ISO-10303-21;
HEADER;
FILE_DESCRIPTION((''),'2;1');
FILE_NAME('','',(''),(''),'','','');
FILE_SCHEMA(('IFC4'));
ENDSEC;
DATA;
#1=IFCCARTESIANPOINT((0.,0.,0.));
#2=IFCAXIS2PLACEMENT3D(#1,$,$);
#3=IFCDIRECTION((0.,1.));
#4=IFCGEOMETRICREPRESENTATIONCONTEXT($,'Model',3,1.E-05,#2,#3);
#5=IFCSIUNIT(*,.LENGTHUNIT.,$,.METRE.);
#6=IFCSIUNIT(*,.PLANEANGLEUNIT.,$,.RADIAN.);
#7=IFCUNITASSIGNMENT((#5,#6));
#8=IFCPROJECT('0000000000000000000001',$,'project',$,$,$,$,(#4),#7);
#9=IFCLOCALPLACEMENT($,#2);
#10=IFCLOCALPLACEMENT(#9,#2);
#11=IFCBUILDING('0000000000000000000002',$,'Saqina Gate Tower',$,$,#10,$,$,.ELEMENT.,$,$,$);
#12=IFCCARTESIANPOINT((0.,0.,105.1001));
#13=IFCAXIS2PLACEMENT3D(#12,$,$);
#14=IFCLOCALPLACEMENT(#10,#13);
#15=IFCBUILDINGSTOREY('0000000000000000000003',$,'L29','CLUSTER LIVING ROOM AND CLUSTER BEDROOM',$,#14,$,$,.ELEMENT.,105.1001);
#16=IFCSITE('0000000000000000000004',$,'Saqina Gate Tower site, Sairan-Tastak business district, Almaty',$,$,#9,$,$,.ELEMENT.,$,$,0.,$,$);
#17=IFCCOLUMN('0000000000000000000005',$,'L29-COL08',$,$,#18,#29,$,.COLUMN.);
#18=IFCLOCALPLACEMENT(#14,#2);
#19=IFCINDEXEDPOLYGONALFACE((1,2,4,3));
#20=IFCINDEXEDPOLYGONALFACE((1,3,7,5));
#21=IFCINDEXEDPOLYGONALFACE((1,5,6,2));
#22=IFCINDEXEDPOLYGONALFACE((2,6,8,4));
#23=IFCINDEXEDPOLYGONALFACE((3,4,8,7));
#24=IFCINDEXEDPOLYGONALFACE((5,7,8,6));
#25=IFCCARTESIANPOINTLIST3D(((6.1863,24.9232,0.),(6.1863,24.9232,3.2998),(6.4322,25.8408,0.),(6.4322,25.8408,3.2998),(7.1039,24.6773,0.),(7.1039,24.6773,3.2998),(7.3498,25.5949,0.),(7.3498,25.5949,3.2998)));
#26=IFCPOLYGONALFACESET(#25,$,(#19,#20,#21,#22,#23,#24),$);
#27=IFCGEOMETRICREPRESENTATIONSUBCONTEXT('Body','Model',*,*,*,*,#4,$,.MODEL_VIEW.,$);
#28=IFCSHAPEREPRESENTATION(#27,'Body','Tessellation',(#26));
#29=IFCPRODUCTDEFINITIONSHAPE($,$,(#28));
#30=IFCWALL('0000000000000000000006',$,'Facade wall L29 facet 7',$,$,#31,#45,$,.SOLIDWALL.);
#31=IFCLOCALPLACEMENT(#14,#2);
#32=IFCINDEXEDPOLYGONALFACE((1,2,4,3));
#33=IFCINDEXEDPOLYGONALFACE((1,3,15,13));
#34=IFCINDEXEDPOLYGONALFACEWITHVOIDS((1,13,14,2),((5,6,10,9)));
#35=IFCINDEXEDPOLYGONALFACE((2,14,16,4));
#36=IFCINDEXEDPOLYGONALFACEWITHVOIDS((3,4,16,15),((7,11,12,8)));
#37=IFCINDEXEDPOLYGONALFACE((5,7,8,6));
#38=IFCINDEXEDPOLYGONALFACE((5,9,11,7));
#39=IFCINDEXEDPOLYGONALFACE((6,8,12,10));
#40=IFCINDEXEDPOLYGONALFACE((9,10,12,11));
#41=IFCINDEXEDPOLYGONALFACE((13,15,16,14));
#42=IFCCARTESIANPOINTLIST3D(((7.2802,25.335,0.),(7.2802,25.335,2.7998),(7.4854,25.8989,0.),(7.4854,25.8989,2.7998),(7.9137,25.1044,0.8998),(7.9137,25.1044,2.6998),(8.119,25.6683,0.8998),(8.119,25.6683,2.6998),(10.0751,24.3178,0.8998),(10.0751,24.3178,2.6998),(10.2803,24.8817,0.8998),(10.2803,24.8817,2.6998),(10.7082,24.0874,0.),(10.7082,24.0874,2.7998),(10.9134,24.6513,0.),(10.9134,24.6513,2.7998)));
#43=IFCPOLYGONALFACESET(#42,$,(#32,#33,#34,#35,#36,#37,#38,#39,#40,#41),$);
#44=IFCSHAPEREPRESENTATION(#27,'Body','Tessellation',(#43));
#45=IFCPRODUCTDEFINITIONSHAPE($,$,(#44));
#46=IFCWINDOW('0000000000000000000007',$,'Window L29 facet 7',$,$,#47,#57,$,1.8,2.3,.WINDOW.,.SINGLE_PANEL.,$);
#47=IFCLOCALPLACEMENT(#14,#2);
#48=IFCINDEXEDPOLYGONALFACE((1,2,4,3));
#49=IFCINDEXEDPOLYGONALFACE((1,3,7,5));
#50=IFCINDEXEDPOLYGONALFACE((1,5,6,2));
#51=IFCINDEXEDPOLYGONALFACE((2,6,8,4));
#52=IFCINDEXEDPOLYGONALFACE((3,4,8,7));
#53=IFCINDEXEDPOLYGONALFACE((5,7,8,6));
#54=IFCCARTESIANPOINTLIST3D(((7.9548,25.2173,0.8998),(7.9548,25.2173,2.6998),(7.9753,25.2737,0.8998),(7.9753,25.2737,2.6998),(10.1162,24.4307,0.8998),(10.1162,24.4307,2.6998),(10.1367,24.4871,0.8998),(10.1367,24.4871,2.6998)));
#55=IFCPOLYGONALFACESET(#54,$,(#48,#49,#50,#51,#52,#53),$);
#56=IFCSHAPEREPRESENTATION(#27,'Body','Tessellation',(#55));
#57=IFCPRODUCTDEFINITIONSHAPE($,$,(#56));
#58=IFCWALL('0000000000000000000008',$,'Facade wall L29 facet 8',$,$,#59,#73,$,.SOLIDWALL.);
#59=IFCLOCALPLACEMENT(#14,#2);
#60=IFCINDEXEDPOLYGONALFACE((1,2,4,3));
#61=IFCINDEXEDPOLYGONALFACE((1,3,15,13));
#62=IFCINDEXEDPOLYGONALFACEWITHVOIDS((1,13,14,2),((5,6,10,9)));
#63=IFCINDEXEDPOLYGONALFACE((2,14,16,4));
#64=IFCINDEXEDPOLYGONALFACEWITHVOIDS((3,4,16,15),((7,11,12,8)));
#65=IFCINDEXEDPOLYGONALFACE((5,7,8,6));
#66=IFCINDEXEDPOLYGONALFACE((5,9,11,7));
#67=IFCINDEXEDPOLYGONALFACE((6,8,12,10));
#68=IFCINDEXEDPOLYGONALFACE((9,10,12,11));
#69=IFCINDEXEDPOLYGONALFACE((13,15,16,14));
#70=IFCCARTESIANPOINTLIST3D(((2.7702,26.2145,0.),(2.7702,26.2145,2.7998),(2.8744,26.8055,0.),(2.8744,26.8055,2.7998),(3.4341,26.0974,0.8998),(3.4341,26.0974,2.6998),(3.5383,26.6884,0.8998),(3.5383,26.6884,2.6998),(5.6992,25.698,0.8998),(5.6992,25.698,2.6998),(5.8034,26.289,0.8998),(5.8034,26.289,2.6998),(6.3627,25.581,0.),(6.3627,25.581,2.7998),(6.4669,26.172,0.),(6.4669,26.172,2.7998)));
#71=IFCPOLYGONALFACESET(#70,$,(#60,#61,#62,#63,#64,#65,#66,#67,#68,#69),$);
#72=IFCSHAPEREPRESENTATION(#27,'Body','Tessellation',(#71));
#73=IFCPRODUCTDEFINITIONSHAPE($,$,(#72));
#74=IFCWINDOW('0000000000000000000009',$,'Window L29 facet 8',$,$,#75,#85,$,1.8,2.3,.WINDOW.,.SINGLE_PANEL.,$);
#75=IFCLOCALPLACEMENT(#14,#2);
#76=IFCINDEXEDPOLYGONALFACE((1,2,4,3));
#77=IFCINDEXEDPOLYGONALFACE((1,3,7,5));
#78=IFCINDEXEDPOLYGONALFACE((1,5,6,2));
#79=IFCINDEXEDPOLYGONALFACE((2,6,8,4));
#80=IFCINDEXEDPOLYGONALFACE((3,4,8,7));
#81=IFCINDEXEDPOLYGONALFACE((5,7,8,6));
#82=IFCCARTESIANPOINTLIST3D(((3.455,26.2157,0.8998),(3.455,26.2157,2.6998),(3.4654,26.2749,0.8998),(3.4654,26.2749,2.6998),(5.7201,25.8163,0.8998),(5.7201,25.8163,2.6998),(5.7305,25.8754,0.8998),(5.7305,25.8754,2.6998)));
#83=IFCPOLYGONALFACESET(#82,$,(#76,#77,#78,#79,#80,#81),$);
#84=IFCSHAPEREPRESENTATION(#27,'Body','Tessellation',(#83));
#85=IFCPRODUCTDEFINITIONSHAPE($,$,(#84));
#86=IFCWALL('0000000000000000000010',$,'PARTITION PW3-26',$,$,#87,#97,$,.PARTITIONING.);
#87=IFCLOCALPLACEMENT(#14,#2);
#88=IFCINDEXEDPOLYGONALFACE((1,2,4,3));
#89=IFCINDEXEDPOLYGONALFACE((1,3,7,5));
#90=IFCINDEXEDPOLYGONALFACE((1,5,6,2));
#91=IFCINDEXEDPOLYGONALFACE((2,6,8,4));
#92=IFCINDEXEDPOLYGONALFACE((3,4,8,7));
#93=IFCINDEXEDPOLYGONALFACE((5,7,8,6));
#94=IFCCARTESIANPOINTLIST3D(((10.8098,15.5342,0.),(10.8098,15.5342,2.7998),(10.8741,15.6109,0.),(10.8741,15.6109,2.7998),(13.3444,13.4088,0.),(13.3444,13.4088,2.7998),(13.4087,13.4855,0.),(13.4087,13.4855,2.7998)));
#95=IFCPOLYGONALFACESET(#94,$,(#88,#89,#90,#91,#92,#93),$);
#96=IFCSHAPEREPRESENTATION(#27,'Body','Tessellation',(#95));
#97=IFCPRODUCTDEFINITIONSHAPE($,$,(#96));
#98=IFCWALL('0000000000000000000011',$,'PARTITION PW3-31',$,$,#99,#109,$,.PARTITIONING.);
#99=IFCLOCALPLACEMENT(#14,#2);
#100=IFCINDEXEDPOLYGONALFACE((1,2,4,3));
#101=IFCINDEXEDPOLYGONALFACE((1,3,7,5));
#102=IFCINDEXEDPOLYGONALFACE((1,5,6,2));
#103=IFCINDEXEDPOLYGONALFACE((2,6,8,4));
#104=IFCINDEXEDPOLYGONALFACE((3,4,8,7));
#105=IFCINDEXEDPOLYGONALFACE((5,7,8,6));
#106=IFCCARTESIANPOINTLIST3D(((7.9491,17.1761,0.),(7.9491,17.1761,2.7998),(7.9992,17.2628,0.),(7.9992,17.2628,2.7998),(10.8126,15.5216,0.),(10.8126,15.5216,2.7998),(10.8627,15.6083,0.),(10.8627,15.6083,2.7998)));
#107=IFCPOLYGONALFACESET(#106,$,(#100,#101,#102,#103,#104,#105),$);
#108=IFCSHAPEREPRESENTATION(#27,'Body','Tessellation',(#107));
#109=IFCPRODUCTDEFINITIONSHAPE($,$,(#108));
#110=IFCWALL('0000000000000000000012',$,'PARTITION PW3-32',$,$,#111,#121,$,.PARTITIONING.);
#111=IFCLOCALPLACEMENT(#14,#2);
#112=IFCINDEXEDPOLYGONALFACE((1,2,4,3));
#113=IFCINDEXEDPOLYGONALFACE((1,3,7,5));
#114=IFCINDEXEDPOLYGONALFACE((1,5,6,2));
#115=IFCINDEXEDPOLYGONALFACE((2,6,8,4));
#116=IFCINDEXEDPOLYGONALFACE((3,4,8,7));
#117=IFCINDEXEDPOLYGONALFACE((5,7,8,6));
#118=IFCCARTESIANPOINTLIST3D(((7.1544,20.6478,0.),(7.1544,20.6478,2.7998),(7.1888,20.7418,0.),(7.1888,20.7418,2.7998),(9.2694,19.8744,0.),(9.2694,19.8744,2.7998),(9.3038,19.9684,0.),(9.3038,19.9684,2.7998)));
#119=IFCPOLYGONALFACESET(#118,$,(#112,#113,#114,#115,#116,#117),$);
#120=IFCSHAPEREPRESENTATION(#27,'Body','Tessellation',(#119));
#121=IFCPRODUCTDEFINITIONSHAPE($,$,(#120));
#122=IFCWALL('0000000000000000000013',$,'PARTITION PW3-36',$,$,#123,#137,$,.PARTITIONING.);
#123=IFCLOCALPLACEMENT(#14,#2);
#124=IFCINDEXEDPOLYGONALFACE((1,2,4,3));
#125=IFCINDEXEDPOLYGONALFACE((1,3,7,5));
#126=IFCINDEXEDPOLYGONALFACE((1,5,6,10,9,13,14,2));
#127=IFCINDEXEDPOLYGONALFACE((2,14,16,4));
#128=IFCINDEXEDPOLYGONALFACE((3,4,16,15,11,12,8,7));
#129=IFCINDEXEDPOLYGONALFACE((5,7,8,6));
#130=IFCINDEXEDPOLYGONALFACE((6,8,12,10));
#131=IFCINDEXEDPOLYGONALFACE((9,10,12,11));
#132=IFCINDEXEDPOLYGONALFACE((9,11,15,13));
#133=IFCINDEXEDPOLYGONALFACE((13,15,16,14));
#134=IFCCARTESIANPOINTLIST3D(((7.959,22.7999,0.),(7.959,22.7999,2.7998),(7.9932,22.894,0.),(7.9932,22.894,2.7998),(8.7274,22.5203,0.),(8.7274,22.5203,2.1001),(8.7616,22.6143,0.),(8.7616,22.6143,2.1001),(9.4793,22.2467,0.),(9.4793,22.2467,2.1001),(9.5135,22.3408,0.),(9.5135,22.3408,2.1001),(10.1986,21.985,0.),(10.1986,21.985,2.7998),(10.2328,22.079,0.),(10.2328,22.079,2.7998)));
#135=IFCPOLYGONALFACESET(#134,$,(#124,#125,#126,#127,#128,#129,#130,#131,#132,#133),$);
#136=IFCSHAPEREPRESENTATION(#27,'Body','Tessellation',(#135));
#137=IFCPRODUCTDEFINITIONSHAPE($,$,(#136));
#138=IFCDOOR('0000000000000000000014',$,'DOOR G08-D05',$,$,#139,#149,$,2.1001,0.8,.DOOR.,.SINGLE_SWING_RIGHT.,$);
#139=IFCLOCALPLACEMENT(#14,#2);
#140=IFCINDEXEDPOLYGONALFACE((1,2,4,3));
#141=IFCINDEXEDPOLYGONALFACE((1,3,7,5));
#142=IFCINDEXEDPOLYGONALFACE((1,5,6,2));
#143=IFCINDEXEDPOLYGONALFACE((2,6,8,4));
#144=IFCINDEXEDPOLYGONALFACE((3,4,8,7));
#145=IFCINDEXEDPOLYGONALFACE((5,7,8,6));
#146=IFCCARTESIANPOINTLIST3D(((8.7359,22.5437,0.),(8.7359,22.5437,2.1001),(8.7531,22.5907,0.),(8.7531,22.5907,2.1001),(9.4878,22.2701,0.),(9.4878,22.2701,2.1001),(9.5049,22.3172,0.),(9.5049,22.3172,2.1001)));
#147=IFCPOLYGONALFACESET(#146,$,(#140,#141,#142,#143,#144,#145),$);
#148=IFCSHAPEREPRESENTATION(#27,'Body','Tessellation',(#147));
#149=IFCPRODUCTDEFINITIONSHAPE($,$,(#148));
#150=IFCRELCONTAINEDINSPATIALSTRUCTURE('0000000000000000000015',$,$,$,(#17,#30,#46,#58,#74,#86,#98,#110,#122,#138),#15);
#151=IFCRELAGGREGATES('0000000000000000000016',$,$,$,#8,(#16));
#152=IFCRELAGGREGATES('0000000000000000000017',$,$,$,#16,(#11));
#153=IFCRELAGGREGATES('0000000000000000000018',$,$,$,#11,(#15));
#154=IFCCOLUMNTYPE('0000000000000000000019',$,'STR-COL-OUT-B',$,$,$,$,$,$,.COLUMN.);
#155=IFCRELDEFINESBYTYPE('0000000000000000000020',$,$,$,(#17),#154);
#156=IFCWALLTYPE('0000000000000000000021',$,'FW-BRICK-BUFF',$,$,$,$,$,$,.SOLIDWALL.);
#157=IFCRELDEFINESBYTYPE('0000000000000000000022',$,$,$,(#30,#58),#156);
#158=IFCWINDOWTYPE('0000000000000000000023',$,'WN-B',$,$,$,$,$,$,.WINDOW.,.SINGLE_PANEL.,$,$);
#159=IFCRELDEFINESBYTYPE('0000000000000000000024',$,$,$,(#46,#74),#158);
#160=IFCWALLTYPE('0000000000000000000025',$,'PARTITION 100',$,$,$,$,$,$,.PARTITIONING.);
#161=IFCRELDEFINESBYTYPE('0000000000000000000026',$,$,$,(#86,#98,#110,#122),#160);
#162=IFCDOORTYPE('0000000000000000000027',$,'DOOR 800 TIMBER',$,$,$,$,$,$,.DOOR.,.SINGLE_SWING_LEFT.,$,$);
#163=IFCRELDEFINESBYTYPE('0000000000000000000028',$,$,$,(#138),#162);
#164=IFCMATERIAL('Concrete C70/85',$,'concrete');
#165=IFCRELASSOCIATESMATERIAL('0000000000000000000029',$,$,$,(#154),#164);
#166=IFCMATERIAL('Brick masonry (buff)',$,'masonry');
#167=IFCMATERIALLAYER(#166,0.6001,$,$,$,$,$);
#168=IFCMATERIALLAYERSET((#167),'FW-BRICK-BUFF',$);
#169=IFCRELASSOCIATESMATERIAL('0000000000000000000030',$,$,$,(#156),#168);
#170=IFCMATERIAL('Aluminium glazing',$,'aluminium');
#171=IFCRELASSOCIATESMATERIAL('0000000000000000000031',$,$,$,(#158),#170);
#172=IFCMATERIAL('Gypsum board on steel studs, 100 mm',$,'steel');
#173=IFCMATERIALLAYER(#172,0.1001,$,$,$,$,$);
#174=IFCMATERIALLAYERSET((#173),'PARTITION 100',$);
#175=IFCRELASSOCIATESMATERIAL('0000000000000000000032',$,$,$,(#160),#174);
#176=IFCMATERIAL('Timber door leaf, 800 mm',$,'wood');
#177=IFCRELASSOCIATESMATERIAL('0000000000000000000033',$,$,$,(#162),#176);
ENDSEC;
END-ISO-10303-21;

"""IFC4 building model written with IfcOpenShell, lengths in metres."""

from ifc_helpers import new_model, si_unit, direction, frame, frame_2d, origin, origin_2d, place, context, subcontext, project, spatial, rectangle, extrude, material, layer, layer_set, material_profile, profile_set, type_object, element, fill, save


model = new_model("IFC4")

# Units and contexts
model_context = context("Model", 3, precision=1e-05, world=origin(), true_north=direction((0.0, 1.0)))
body_context = subcontext(model_context, "Body", "Model", "MODEL_VIEW")
ifc_project = project(units=[si_unit("LENGTHUNIT", "METRE"), si_unit("PLANEANGLEUNIT", "RADIAN")], contexts=[model_context])

# Site, building, storey
site_placement = place(None, origin())
site = spatial("IfcSite", under=ifc_project, at=site_placement, Name="Saqina Gate Tower site, Sairan-Tastak business district, Almaty", CompositionType="ELEMENT", RefElevation=0.0)
building_placement = place(site_placement, origin())
building = spatial("IfcBuilding", under=site, at=building_placement, Name="Saqina Gate Tower", CompositionType="ELEMENT")
storey_placement = place(building_placement, frame((0.0, 0.0, 105.1001)))
storey = spatial("IfcBuildingStorey", under=building, at=storey_placement, Name="L29", Description="CLUSTER LIVING ROOM AND CLUSTER BEDROOM", CompositionType="ELEMENT", Elevation=105.1001)

# Column
ifc_material_1 = material(Name="Concrete C70/85", Category="concrete")
ifc_material_profile = material_profile(ifc_material_1, rectangle(XDim=0.95, YDim=0.95, at=origin_2d()), Name="RC 950x950")
ifc_profile_set = profile_set([ifc_material_profile], Name="Concrete C70/85")
column_type = type_object("IfcColumnType", Name="STR-COL-OUT-B", PredefinedType="COLUMN", material=ifc_profile_set)
column_placement = place(storey_placement, frame((6.7681, 25.259, 0.0), z_axis=(0.0, 0.0, 1.0), x_axis=(0.258819, 0.965926, 0.0)))
element("IfcColumn", 1, at=column_placement, inside=storey, type_object=column_type, Name="L29-COL08", PredefinedType="COLUMN", context=body_context, shape_type="SweptSolid", body=[
    extrude(rectangle(XDim=0.95, YDim=0.95, at=origin_2d()), origin(), (0.0, 0.0, 1.0), 3.2998),
])

# Walls, openings, windows
ifc_material_2 = material(Name="Brick masonry (buff)", Category="masonry")
ifc_layer_1 = layer(ifc_material_2, 0.6001)
ifc_layer_set_1 = layer_set([ifc_layer_1], Name="FW-BRICK-BUFF")
wall_type_1 = type_object("IfcWallType", Name="FW-BRICK-BUFF", PredefinedType="SOLIDWALL", material=ifc_layer_set_1)
wall_1_placement = place(storey_placement, frame((10.8108, 24.3694, 0.0), z_axis=(0.0, 0.0, 1.0), x_axis=(-0.939704, 0.34199, 0.0)))
wall_1 = element("IfcWall", 2, at=wall_1_placement, inside=storey, type_object=wall_type_1, Name="Facade wall L29 facet 7", PredefinedType="SOLIDWALL", context=body_context, shape_type="SweptSolid", body=[
    extrude(rectangle(XDim=3.6479, YDim=0.6001, at=frame_2d((1.824, 0.0))), origin(), (0.0, 0.0, 1.0), 2.7998),
])
opening_1_placement = place(wall_1_placement, frame((0.6738, 0.0, 0.8999)))
opening_1 = element("IfcOpeningElement", 3, at=opening_1_placement, cuts=wall_1, PredefinedType="OPENING", context=body_context, shape_type="SweptSolid", body=[
    extrude(rectangle(XDim=2.3, YDim=1.8, at=frame_2d((1.1499, 0.8999))), frame((0.0, 0.312, 0.0), z_axis=(0.0, -1.0, 0.0), x_axis=(1.0, 0.0, 0.0)), (0.0, 0.0, 1.0), 0.624),
])
ifc_material_3 = material(Name="Aluminium glazing", Category="aluminium")
window_type = type_object("IfcWindowType", Name="WN-B", PartitioningType="SINGLE_PANEL", PredefinedType="WINDOW", material=ifc_material_3)
window_1_placement = place(opening_1_placement, origin())
window_1 = element("IfcWindow", 4, at=window_1_placement, inside=storey, type_object=window_type, Name="Window L29 facet 7", OverallHeight=1.8, OverallWidth=2.3, PartitioningType="SINGLE_PANEL", PredefinedType="WINDOW", context=body_context, shape_type="SweptSolid", body=[
    extrude(rectangle(XDim=2.3, YDim=1.8, at=frame_2d((1.1499, 0.8999))), frame((0.0, 0.1799, 0.0), z_axis=(0.0, -1.0, 0.0), x_axis=(1.0, 0.0, 0.0)), (0.0, 0.0, 1.0), 0.0601),
])
fill(opening_1, window_1)
wall_2_placement = place(storey_placement, frame((6.4148, 25.8765, 0.0), z_axis=(0.0, 0.0, 1.0), x_axis=(-0.984804, 0.173671, 0.0)))
wall_2 = element("IfcWall", 5, at=wall_2_placement, inside=storey, type_object=wall_type_1, Name="Facade wall L29 facet 8", PredefinedType="SOLIDWALL", context=body_context, shape_type="SweptSolid", body=[
    extrude(rectangle(XDim=3.6479, YDim=0.6001, at=frame_2d((1.824, 0.0))), origin(), (0.0, 0.0, 1.0), 2.7998),
])
opening_2_placement = place(wall_2_placement, frame((0.6738, 0.0, 0.8999)))
opening_2 = element("IfcOpeningElement", 6, at=opening_2_placement, cuts=wall_2, PredefinedType="OPENING", context=body_context, shape_type="SweptSolid", body=[
    extrude(rectangle(XDim=2.3, YDim=1.8, at=frame_2d((1.1499, 0.8999))), frame((0.0, 0.312, 0.0), z_axis=(0.0, -1.0, 0.0), x_axis=(1.0, 0.0, 0.0)), (0.0, 0.0, 1.0), 0.624),
])
window_2_placement = place(opening_2_placement, origin())
window_2 = element("IfcWindow", 7, at=window_2_placement, inside=storey, type_object=window_type, Name="Window L29 facet 8", OverallHeight=1.8, OverallWidth=2.3, PartitioningType="SINGLE_PANEL", PredefinedType="WINDOW", context=body_context, shape_type="SweptSolid", body=[
    extrude(rectangle(XDim=2.3, YDim=1.8, at=frame_2d((1.1499, 0.8999))), frame((0.0, 0.1799, 0.0), z_axis=(0.0, -1.0, 0.0), x_axis=(1.0, 0.0, 0.0)), (0.0, 0.0, 1.0), 0.0601),
])
fill(opening_2, window_2)

# Walls
ifc_material_4 = material(Name="Gypsum board on steel studs, 100 mm", Category="steel")
ifc_layer_2 = layer(ifc_material_4, 0.1001)
ifc_layer_set_2 = layer_set([ifc_layer_2], Name="PARTITION 100")
wall_type_2 = type_object("IfcWallType", Name="PARTITION 100", PredefinedType="PARTITIONING", material=ifc_layer_set_2)
wall_3_placement = place(storey_placement, frame((10.842, 15.5725, 0.0), z_axis=(0.0, 0.0, 1.0), x_axis=(0.766245, -0.642548, 0.0)))
element("IfcWall", 8, at=wall_3_placement, inside=storey, type_object=wall_type_2, Name="PARTITION PW3-26", PredefinedType="PARTITIONING", context=body_context, shape_type="SweptSolid", body=[
    extrude(rectangle(XDim=3.3079, YDim=0.1001, at=frame_2d((1.6538, 0.0))), origin(), (0.0, 0.0, 1.0), 2.7998),
])
wall_4_placement = place(storey_placement, frame((7.9741, 17.2195, 0.0), z_axis=(0.0, 0.0, 1.0), x_axis=(0.865857, -0.500291, 0.0)))
element("IfcWall", 9, at=wall_4_placement, inside=storey, type_object=wall_type_2, Name="PARTITION PW3-31", PredefinedType="PARTITIONING", context=body_context, shape_type="SweptSolid", body=[
    extrude(rectangle(XDim=3.3071, YDim=0.1001, at=frame_2d((1.6536, 0.0))), origin(), (0.0, 0.0, 1.0), 2.7998),
])
wall_5_placement = place(storey_placement, frame((7.1716, 20.6948, 0.0), z_axis=(0.0, 0.0, 1.0), x_axis=(0.939171, -0.343449, 0.0)))
element("IfcWall", 10, at=wall_5_placement, inside=storey, type_object=wall_type_2, Name="PARTITION PW3-32", PredefinedType="PARTITIONING", context=body_context, shape_type="SweptSolid", body=[
    extrude(rectangle(XDim=2.252, YDim=0.1001, at=frame_2d((1.126, 0.0))), origin(), (0.0, 0.0, 1.0), 2.7998),
])

# Wall, opening, door
wall_6_placement = place(storey_placement, frame((7.9761, 22.8469, 0.0), z_axis=(0.0, 0.0, 1.0), x_axis=(0.939728, -0.341924, 0.0)))
wall_6 = element("IfcWall", 11, at=wall_6_placement, inside=storey, type_object=wall_type_2, Name="PARTITION PW3-36", PredefinedType="PARTITIONING", context=body_context, shape_type="SweptSolid", body=[
    extrude(rectangle(XDim=2.3833, YDim=0.1001, at=frame_2d((1.1917, 0.0))), origin(), (0.0, 0.0, 1.0), 2.7998),
])
opening_3_placement = place(wall_6_placement, frame((0.8179, 0.0, 0.0)))
opening_3 = element("IfcOpeningElement", 12, at=opening_3_placement, cuts=wall_6, PredefinedType="OPENING", context=body_context, shape_type="SweptSolid", body=[
    extrude(rectangle(XDim=0.8, YDim=2.1001, at=frame_2d((0.3999, 1.05))), frame((0.0, 0.062, 0.0), z_axis=(0.0, -1.0, 0.0), x_axis=(1.0, 0.0, 0.0)), (0.0, 0.0, 1.0), 0.124),
])
ifc_material_5 = material(Name="Timber door leaf, 800 mm", Category="wood")
door_type_1 = type_object("IfcDoorType", Name="DOOR 800 TIMBER", OperationType="SINGLE_SWING_LEFT", PredefinedType="DOOR", material=ifc_material_5)
door_1_placement = place(opening_3_placement, origin())
door_1 = element("IfcDoor", 13, at=door_1_placement, inside=storey, type_object=door_type_1, Name="DOOR G08-D05", OperationType="SINGLE_SWING_RIGHT", OverallHeight=2.1001, OverallWidth=0.8, PredefinedType="DOOR", context=body_context, shape_type="SweptSolid", body=[
    extrude(rectangle(XDim=0.8, YDim=2.1001, at=frame_2d((0.3999, 1.05))), frame((0.0, 0.0249, 0.0), z_axis=(0.0, -1.0, 0.0), x_axis=(1.0, 0.0, 0.0)), (0.0, 0.0, 1.0), 0.05),
])
fill(opening_3, door_1)

save(model, "model.ifc")
